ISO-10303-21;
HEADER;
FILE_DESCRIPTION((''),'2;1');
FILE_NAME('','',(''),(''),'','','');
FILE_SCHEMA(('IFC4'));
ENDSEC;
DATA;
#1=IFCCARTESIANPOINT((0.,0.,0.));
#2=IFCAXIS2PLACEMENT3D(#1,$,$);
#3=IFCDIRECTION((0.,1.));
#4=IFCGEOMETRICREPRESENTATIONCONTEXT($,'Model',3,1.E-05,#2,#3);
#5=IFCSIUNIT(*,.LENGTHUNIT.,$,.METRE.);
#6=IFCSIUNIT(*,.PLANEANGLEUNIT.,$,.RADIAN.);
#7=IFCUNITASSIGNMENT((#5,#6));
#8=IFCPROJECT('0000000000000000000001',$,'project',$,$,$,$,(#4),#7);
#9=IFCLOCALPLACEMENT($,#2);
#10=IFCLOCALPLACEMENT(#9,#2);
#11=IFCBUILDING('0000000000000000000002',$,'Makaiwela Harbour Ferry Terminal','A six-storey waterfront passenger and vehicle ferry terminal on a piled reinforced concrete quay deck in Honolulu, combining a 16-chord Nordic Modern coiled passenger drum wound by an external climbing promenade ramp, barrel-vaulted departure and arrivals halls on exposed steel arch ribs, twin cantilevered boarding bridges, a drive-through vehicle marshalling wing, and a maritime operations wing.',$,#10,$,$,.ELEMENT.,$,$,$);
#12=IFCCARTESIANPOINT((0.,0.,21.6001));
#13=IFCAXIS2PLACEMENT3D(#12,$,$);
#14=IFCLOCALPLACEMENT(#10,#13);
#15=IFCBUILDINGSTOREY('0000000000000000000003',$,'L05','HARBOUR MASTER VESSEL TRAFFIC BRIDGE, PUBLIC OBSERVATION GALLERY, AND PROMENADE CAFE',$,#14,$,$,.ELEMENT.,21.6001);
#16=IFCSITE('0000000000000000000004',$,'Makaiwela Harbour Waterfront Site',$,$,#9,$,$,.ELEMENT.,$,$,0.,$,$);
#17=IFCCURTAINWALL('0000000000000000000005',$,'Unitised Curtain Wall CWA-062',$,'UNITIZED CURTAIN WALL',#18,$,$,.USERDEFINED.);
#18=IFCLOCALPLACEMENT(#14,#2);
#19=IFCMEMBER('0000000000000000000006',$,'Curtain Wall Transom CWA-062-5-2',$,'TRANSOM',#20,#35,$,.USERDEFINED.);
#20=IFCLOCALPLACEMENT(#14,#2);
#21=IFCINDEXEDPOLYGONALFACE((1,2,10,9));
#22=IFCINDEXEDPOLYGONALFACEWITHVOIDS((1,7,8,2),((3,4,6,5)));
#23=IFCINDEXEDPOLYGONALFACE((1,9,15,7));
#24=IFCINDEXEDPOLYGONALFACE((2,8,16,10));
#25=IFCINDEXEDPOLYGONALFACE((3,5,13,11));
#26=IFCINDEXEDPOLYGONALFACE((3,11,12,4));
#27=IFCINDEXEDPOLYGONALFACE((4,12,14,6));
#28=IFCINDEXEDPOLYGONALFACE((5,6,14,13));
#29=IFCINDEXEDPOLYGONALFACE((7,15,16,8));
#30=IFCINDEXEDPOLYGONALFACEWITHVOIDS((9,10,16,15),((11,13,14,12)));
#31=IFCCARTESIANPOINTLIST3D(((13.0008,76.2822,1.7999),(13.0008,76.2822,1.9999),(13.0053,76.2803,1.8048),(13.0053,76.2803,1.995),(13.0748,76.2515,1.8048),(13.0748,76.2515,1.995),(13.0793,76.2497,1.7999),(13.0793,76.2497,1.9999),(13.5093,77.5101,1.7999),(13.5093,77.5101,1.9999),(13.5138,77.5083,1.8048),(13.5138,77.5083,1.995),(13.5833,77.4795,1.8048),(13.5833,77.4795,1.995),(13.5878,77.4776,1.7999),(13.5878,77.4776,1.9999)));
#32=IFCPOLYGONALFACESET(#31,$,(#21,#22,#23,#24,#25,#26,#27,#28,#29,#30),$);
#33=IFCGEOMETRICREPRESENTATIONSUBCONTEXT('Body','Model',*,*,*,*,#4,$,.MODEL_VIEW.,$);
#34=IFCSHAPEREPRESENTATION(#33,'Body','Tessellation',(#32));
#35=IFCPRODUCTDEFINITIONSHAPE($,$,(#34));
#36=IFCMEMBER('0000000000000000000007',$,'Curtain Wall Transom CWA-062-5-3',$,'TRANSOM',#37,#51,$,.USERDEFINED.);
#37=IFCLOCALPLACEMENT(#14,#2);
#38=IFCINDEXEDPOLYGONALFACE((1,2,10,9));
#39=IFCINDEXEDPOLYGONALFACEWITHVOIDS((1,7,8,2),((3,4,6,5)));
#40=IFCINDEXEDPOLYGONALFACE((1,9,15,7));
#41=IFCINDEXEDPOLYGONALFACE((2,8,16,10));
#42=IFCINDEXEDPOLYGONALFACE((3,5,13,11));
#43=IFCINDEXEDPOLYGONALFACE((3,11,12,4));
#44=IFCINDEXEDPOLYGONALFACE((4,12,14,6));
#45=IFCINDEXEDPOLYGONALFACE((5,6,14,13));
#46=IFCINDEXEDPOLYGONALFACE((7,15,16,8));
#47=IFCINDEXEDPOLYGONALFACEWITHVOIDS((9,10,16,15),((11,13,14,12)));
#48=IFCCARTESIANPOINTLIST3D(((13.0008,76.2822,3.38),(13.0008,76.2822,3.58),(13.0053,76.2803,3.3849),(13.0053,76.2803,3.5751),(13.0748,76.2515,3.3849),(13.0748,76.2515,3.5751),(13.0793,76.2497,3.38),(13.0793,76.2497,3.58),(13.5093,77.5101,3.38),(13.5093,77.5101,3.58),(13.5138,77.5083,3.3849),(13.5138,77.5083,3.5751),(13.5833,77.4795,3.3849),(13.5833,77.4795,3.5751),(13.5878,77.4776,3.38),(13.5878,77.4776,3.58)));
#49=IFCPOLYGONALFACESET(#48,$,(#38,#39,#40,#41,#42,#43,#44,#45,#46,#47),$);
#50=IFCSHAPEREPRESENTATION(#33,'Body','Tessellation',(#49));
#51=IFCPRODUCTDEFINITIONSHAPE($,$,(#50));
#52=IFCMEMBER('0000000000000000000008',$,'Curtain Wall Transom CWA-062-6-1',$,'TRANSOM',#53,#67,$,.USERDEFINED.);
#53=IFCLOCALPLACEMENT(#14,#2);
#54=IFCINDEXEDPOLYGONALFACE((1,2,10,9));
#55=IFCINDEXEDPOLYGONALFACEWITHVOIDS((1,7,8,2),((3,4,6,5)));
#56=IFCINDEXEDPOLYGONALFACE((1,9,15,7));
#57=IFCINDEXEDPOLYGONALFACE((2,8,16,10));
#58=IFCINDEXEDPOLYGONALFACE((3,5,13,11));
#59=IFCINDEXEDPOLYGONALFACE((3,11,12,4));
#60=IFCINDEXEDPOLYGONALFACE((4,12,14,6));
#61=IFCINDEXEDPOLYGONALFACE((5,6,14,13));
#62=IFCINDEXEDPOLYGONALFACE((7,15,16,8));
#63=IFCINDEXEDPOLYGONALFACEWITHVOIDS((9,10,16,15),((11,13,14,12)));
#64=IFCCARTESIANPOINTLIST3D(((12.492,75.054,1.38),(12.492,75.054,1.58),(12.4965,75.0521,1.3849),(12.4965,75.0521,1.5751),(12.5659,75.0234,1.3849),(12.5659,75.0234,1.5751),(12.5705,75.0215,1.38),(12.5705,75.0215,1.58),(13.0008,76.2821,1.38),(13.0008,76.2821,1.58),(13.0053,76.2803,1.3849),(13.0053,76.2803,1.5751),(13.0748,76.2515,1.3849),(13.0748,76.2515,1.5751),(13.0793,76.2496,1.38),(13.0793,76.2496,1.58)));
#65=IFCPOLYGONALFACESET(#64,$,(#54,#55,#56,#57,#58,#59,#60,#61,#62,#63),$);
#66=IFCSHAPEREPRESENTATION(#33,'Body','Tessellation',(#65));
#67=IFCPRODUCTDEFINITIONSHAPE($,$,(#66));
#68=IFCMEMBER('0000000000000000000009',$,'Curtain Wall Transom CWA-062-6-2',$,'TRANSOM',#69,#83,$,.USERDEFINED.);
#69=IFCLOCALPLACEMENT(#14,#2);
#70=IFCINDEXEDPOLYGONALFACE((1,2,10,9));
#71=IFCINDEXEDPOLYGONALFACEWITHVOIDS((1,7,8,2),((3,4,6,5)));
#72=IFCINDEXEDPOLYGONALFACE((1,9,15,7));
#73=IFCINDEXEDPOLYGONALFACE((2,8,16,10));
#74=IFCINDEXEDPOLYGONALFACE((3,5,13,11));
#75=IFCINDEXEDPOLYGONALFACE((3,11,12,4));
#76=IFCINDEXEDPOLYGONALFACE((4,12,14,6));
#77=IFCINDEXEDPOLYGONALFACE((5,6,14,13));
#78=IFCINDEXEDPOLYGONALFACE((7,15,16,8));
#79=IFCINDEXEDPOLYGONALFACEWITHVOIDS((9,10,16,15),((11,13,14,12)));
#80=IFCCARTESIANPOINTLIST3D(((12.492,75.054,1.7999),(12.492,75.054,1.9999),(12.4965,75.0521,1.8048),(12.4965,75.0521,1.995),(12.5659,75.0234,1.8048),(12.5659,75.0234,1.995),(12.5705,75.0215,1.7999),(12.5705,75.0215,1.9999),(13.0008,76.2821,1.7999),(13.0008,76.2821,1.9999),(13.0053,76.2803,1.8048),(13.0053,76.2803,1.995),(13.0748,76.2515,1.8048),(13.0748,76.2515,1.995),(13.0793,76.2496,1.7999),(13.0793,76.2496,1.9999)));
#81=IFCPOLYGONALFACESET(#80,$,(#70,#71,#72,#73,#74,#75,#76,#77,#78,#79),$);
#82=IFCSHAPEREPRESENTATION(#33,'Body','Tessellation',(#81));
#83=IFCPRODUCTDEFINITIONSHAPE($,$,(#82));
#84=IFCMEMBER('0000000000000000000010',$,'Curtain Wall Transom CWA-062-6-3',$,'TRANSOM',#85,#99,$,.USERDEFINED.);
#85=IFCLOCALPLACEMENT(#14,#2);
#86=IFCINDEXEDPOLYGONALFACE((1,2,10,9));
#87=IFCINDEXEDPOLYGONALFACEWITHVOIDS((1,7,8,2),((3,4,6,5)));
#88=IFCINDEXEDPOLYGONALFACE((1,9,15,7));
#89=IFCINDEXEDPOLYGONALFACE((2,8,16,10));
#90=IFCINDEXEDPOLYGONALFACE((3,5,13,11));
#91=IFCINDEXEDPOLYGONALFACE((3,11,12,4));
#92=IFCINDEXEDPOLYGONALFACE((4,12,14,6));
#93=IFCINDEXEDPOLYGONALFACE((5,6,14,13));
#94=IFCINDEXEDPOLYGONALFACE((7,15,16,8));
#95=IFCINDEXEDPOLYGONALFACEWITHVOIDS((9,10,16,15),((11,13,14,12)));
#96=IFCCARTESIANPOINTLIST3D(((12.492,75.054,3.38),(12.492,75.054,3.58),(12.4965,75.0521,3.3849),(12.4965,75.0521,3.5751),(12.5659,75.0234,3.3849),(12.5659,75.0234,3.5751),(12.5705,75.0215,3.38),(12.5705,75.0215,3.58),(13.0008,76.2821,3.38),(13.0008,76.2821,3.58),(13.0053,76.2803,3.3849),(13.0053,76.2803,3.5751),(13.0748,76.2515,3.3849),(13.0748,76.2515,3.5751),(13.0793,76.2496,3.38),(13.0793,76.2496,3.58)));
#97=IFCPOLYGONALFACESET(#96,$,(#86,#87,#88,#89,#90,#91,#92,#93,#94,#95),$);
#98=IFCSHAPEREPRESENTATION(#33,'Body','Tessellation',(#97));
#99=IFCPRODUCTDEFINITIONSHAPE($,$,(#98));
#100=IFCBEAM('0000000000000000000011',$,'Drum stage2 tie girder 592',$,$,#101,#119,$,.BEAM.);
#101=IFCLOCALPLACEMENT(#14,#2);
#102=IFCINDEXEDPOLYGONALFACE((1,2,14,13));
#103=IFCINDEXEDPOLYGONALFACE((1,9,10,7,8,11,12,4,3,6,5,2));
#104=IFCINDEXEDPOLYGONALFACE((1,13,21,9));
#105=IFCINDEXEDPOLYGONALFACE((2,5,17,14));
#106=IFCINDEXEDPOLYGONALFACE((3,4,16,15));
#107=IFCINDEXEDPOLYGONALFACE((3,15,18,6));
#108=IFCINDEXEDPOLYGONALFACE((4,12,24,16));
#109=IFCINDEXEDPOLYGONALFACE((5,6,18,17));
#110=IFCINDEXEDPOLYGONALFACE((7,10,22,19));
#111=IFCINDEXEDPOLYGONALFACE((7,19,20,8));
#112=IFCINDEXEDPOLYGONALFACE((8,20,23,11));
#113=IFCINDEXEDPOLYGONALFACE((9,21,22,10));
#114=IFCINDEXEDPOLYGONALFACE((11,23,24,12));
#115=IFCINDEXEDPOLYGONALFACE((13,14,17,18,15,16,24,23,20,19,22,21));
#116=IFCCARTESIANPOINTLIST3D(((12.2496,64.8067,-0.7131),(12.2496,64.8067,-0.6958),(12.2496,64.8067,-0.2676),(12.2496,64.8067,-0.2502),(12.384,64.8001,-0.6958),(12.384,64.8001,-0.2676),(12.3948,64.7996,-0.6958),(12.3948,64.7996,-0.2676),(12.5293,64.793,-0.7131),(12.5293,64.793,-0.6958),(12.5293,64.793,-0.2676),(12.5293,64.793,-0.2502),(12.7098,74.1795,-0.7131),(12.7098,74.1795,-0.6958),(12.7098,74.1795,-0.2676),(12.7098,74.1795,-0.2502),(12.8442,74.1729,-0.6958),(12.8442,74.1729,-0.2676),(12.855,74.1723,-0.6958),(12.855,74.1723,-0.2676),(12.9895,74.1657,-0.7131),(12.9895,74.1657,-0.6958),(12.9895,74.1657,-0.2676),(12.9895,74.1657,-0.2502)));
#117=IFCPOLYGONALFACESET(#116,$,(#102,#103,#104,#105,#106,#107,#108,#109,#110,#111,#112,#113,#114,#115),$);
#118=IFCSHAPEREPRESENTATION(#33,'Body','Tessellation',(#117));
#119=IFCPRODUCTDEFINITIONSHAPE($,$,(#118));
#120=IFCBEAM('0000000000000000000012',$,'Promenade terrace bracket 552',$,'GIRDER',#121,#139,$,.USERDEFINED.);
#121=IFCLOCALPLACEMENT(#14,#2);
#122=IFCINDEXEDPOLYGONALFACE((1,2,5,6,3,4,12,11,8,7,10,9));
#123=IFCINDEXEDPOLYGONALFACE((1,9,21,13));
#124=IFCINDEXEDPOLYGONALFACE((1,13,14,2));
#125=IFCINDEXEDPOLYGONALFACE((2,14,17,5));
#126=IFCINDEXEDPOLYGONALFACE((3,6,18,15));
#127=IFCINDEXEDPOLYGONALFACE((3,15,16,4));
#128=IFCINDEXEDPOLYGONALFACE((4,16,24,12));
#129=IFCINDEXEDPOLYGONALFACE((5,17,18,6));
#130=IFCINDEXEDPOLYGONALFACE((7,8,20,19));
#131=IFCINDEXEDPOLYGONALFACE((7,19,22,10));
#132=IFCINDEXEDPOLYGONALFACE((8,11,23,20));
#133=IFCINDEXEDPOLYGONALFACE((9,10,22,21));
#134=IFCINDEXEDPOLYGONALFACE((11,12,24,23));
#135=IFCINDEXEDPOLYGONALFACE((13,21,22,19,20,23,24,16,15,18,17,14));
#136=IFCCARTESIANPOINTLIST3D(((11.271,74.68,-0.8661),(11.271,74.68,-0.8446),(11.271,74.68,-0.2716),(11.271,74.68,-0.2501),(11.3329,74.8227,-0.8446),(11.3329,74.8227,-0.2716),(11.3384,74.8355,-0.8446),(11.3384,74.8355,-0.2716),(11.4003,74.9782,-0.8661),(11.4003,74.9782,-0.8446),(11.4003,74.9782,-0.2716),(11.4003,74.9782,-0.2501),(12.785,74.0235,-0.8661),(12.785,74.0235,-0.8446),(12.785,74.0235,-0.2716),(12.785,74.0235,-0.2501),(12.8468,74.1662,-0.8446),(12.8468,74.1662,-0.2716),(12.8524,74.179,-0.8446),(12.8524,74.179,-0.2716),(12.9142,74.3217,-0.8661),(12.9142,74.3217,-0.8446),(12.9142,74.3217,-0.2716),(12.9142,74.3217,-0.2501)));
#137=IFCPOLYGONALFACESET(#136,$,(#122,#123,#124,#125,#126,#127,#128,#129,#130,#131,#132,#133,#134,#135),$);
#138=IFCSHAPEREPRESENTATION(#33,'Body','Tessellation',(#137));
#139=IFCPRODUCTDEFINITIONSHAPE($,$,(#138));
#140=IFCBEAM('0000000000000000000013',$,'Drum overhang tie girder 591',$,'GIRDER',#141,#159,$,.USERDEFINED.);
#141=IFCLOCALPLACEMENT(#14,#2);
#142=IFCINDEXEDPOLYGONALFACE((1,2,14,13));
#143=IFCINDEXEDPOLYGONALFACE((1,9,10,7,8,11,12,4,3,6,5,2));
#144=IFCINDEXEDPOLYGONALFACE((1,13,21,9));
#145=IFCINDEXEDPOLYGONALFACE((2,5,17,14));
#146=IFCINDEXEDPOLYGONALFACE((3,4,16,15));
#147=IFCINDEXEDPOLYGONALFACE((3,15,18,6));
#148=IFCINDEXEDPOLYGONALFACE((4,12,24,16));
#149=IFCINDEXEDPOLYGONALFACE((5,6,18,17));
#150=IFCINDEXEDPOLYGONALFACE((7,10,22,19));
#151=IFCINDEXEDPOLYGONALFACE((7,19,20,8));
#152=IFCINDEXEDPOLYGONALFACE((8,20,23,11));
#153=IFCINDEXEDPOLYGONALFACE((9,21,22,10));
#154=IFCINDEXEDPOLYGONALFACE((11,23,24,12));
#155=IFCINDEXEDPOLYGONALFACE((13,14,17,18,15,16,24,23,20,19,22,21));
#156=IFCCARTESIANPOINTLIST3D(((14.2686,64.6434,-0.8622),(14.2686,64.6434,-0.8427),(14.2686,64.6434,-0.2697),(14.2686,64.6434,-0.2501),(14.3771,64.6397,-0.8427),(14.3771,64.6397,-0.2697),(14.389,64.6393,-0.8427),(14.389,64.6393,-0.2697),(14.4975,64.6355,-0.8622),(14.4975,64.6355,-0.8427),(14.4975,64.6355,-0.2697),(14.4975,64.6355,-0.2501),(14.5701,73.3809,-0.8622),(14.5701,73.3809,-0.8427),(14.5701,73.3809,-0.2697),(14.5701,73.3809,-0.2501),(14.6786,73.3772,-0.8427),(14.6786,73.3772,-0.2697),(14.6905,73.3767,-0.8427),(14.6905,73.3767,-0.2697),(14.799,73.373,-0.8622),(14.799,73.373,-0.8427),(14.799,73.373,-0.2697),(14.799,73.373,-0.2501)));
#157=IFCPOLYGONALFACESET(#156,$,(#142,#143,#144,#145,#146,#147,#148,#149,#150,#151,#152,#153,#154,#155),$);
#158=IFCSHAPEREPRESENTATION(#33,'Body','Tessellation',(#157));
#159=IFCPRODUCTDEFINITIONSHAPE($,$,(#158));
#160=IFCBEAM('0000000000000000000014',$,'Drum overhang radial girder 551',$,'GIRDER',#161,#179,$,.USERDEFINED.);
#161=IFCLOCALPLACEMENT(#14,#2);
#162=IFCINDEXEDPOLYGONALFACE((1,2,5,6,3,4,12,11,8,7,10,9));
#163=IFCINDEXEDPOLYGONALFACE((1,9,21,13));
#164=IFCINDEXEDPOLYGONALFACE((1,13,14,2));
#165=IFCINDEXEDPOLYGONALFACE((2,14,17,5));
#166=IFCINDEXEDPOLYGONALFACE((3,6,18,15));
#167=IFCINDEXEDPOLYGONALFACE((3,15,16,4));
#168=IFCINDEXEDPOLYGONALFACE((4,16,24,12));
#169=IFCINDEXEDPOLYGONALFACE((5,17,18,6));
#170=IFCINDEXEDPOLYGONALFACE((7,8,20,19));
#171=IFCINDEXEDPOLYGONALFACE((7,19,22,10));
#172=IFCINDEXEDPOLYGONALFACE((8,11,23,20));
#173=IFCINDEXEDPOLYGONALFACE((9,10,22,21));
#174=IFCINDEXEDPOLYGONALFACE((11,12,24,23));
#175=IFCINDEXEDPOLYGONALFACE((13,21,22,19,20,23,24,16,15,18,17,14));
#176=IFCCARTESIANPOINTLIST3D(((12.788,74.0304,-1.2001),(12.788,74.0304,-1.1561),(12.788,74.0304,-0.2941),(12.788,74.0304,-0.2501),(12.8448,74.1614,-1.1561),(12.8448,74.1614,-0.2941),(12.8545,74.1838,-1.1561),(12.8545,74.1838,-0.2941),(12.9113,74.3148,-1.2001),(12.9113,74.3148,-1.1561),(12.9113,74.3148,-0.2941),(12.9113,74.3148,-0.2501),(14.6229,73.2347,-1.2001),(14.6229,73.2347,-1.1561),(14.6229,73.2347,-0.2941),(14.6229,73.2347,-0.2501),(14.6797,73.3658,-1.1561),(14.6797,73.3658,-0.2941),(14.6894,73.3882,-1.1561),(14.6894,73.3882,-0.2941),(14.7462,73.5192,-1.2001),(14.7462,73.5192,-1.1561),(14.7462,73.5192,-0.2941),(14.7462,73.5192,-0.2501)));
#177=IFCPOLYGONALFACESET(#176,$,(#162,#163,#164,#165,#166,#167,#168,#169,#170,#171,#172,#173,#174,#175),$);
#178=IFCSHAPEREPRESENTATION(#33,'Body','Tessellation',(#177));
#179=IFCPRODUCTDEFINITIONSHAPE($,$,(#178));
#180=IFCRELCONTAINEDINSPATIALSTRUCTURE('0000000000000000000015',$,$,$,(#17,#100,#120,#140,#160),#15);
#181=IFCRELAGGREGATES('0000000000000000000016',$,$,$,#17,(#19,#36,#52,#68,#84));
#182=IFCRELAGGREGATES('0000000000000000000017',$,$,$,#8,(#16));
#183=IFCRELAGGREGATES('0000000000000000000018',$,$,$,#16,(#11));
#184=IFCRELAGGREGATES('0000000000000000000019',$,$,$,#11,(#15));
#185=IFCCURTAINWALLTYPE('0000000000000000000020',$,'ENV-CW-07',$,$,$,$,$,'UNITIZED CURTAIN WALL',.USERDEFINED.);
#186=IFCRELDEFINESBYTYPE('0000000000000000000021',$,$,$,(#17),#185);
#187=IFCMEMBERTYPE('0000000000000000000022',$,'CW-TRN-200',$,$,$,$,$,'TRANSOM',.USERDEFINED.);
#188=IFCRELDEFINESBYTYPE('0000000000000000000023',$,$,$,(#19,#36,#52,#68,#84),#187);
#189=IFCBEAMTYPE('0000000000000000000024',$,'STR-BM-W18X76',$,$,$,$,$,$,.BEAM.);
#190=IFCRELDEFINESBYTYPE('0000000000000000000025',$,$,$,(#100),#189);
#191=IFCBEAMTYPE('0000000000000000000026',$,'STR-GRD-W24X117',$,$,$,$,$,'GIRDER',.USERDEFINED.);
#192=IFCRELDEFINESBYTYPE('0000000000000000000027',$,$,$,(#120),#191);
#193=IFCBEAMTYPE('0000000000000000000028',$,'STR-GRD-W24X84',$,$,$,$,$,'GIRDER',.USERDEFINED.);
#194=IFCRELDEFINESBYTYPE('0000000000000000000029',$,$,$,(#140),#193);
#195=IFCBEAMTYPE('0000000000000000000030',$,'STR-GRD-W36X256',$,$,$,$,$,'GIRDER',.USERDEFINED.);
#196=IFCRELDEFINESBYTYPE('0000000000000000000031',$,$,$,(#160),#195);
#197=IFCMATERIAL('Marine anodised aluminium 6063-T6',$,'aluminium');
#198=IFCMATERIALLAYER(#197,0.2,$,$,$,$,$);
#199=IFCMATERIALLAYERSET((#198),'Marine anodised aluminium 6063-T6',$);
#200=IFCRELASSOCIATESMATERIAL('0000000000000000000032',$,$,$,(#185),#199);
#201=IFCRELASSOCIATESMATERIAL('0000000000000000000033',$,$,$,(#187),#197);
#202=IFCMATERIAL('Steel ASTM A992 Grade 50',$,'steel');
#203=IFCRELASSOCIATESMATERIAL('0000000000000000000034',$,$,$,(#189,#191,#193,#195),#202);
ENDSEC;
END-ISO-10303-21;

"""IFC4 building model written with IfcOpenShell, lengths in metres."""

from ifc_helpers import new_model, si_unit, direction, frame, origin, origin_2d, place, context, subcontext, project, spatial, hollow_rectangle, i_section, extrude, material, layer, layer_set, material_profile, profile_set, type_object, element, aggregate, save


model = new_model("IFC4")

# Units and contexts
model_context = context("Model", 3, precision=1e-05, world=origin(), true_north=direction((0.0, 1.0)))
body_context = subcontext(model_context, "Body", "Model", "MODEL_VIEW")
ifc_project = project(units=[si_unit("LENGTHUNIT", "METRE"), si_unit("PLANEANGLEUNIT", "RADIAN")], contexts=[model_context])

# Site, building, storey
site_placement = place(None, origin())
site = spatial("IfcSite", under=ifc_project, at=site_placement, Name="Makaiwela Harbour Waterfront Site", CompositionType="ELEMENT", RefElevation=0.0)
building_placement = place(site_placement, origin())
building = spatial("IfcBuilding", under=site, at=building_placement, Name="Makaiwela Harbour Ferry Terminal", Description="A six-storey waterfront passenger and vehicle ferry terminal on a piled reinforced concrete quay deck in Honolulu, combining a 16-chord Nordic Modern coiled passenger drum wound by an external climbing promenade ramp, barrel-vaulted departure and arrivals halls on exposed steel arch ribs, twin cantilevered boarding bridges, a drive-through vehicle marshalling wing, and a maritime operations wing.", CompositionType="ELEMENT")
storey_placement = place(building_placement, frame((0.0, 0.0, 21.6001)))
storey = spatial("IfcBuildingStorey", under=building, at=storey_placement, Name="L05", Description="HARBOUR MASTER VESSEL TRAFFIC BRIDGE, PUBLIC OBSERVATION GALLERY, AND PROMENADE CAFE", CompositionType="ELEMENT", Elevation=21.6001)

# Curtain wall, members
ifc_material_1 = material(Name="Marine anodised aluminium 6063-T6", Category="aluminium")
ifc_layer_1 = layer(ifc_material_1, 0.2)
ifc_layer_set_1 = layer_set([ifc_layer_1], Name="Marine anodised aluminium 6063-T6")
curtain_wall_type = type_object("IfcCurtainWallType", Name="ENV-CW-07", ElementType="UNITIZED CURTAIN WALL", PredefinedType="USERDEFINED", material=ifc_layer_set_1)
curtain_wall_placement = place(storey_placement, origin())
curtain_wall = element("IfcCurtainWall", 1, at=curtain_wall_placement, inside=storey, type_object=curtain_wall_type, Name="Unitised Curtain Wall CWA-062", ObjectType="UNITIZED CURTAIN WALL", PredefinedType="USERDEFINED")
ifc_material_profile_1 = material_profile(ifc_material_1, hollow_rectangle(XDim=0.085, YDim=0.2, WallThickness=0.0049, at=origin_2d()), Name="CWT-200X85")
ifc_profile_set_1 = profile_set([ifc_material_profile_1], Name="Marine anodised aluminium 6063-T6")
member_type_1 = type_object("IfcMemberType", Name="CW-TRN-200", ElementType="TRANSOM", PredefinedType="USERDEFINED", material=ifc_profile_set_1)
member_1_placement = place(storey_placement, frame((13.5486, 77.4939, 1.8999), z_axis=(-0.382606, -0.923912, 0.0), x_axis=(0.923912, -0.382606, 0.0)))
member_1 = element("IfcMember", 2, at=member_1_placement, type_object=member_type_1, Name="Curtain Wall Transom CWA-062-5-2", ObjectType="TRANSOM", PredefinedType="USERDEFINED", context=body_context, shape_type="SweptSolid", body=[
    extrude(hollow_rectangle(XDim=0.085, YDim=0.2, WallThickness=0.0049, at=origin_2d()), origin(), (0.0, 0.0, 1.0), 1.3291),
])
member_2_placement = place(storey_placement, frame((13.5486, 77.4939, 3.48), z_axis=(-0.382606, -0.923912, 0.0), x_axis=(0.923912, -0.382606, 0.0)))
member_2 = element("IfcMember", 3, at=member_2_placement, type_object=member_type_1, Name="Curtain Wall Transom CWA-062-5-3", ObjectType="TRANSOM", PredefinedType="USERDEFINED", context=body_context, shape_type="SweptSolid", body=[
    extrude(hollow_rectangle(XDim=0.085, YDim=0.2, WallThickness=0.0049, at=origin_2d()), origin(), (0.0, 0.0, 1.0), 1.3291),
])
member_3_placement = place(storey_placement, frame((13.04, 76.2659, 1.48), z_axis=(-0.382763, -0.923847, 0.0), x_axis=(0.923847, -0.382763, 0.0)))
member_3 = element("IfcMember", 4, at=member_3_placement, type_object=member_type_1, Name="Curtain Wall Transom CWA-062-6-1", ObjectType="TRANSOM", PredefinedType="USERDEFINED", context=body_context, shape_type="SweptSolid", body=[
    extrude(hollow_rectangle(XDim=0.085, YDim=0.2, WallThickness=0.0049, at=origin_2d()), origin(), (0.0, 0.0, 1.0), 1.3293),
])
member_4_placement = place(storey_placement, frame((13.04, 76.2659, 1.8999), z_axis=(-0.382763, -0.923847, 0.0), x_axis=(0.923847, -0.382763, 0.0)))
member_4 = element("IfcMember", 5, at=member_4_placement, type_object=member_type_1, Name="Curtain Wall Transom CWA-062-6-2", ObjectType="TRANSOM", PredefinedType="USERDEFINED", context=body_context, shape_type="SweptSolid", body=[
    extrude(hollow_rectangle(XDim=0.085, YDim=0.2, WallThickness=0.0049, at=origin_2d()), origin(), (0.0, 0.0, 1.0), 1.3293),
])
member_5_placement = place(storey_placement, frame((13.04, 76.2659, 3.48), z_axis=(-0.382763, -0.923847, 0.0), x_axis=(0.923847, -0.382763, 0.0)))
member_5 = element("IfcMember", 6, at=member_5_placement, type_object=member_type_1, Name="Curtain Wall Transom CWA-062-6-3", ObjectType="TRANSOM", PredefinedType="USERDEFINED", context=body_context, shape_type="SweptSolid", body=[
    extrude(hollow_rectangle(XDim=0.085, YDim=0.2, WallThickness=0.0049, at=origin_2d()), origin(), (0.0, 0.0, 1.0), 1.3293),
])

# Beams
ifc_material_2 = material(Name="Steel ASTM A992 Grade 50", Category="steel")
ifc_material_profile_2 = material_profile(ifc_material_2, i_section(OverallWidth=0.28, OverallDepth=0.4629, WebThickness=0.0107, FlangeThickness=0.0173, at=origin_2d()), Name="W18X76")
ifc_profile_set_2 = profile_set([ifc_material_profile_2], Name="Steel ASTM A992 Grade 50")
beam_type_1 = type_object("IfcBeamType", Name="STR-BM-W18X76", PredefinedType="BEAM", material=ifc_profile_set_2)
beam_1_placement = place(storey_placement, frame((12.8496, 74.1726, -0.4817), z_axis=(-0.049041, -0.998797, 0.0), x_axis=(0.998797, -0.049041, 0.0)))
element("IfcBeam", 7, at=beam_1_placement, inside=storey, type_object=beam_type_1, Name="Drum stage2 tie girder 592", PredefinedType="BEAM", context=body_context, shape_type="SweptSolid", body=[
    extrude(i_section(OverallWidth=0.28, OverallDepth=0.4629, WebThickness=0.0107, FlangeThickness=0.0173, at=origin_2d()), origin(), (0.0, 0.0, 1.0), 9.384),
])
ifc_material_profile_3 = material_profile(ifc_material_2, i_section(OverallWidth=0.325, OverallDepth=0.616, WebThickness=0.0139, FlangeThickness=0.0215, at=origin_2d()), Name="W24X117")
ifc_profile_set_3 = profile_set([ifc_material_profile_3], Name="Steel ASTM A992 Grade 50")
beam_type_2 = type_object("IfcBeamType", Name="STR-GRD-W24X117", ElementType="GIRDER", PredefinedType="USERDEFINED", material=ifc_profile_set_3)
beam_2_placement = place(storey_placement, frame((12.8496, 74.1726, -0.5581), z_axis=(-0.917453, 0.397844, 0.0), x_axis=(-0.397844, -0.917453, 0.0)))
element("IfcBeam", 8, at=beam_2_placement, inside=storey, type_object=beam_type_2, Name="Promenade terrace bracket 552", ObjectType="GIRDER", PredefinedType="USERDEFINED", context=body_context, shape_type="SweptSolid", body=[
    extrude(i_section(OverallWidth=0.325, OverallDepth=0.616, WebThickness=0.0139, FlangeThickness=0.0215, at=origin_2d()), origin(), (0.0, 0.0, 1.0), 1.6501),
])
ifc_material_profile_4 = material_profile(ifc_material_2, i_section(OverallWidth=0.229, OverallDepth=0.6121, WebThickness=0.012, FlangeThickness=0.0195, at=origin_2d()), Name="W24X84")
ifc_profile_set_4 = profile_set([ifc_material_profile_4], Name="Steel ASTM A992 Grade 50")
beam_type_3 = type_object("IfcBeamType", Name="STR-GRD-W24X84", ElementType="GIRDER", PredefinedType="USERDEFINED", material=ifc_profile_set_4)
beam_3_placement = place(storey_placement, frame((14.6846, 73.377, -0.5562), z_axis=(-0.034487, -0.999405, 0.0), x_axis=(0.999405, -0.034487, 0.0)))
element("IfcBeam", 9, at=beam_3_placement, inside=storey, type_object=beam_type_3, Name="Drum overhang tie girder 591", ObjectType="GIRDER", PredefinedType="USERDEFINED", context=body_context, shape_type="SweptSolid", body=[
    extrude(i_section(OverallWidth=0.229, OverallDepth=0.6121, WebThickness=0.012, FlangeThickness=0.0195, at=origin_2d()), origin(), (0.0, 0.0, 1.0), 8.7427),
])
ifc_material_profile_5 = material_profile(ifc_material_2, i_section(OverallWidth=0.3101, OverallDepth=0.95, WebThickness=0.0244, FlangeThickness=0.0439, at=origin_2d()), Name="W36X256")
ifc_profile_set_5 = profile_set([ifc_material_profile_5], Name="Steel ASTM A992 Grade 50")
beam_type_4 = type_object("IfcBeamType", Name="STR-GRD-W36X256", ElementType="GIRDER", PredefinedType="USERDEFINED", material=ifc_profile_set_5)
beam_4_placement = place(storey_placement, frame((14.6846, 73.377, -0.7251), z_axis=(-0.917464, 0.39782, 0.0), x_axis=(-0.39782, -0.917464, 0.0)))
element("IfcBeam", 10, at=beam_4_placement, inside=storey, type_object=beam_type_4, Name="Drum overhang radial girder 551", ObjectType="GIRDER", PredefinedType="USERDEFINED", context=body_context, shape_type="SweptSolid", body=[
    extrude(i_section(OverallWidth=0.3101, OverallDepth=0.95, WebThickness=0.0244, FlangeThickness=0.0439, at=origin_2d()), origin(), (0.0, 0.0, 1.0), 2.0),
])

aggregate(curtain_wall, [member_1, member_2, member_3, member_4, member_5])

save(model, "model.ifc")
